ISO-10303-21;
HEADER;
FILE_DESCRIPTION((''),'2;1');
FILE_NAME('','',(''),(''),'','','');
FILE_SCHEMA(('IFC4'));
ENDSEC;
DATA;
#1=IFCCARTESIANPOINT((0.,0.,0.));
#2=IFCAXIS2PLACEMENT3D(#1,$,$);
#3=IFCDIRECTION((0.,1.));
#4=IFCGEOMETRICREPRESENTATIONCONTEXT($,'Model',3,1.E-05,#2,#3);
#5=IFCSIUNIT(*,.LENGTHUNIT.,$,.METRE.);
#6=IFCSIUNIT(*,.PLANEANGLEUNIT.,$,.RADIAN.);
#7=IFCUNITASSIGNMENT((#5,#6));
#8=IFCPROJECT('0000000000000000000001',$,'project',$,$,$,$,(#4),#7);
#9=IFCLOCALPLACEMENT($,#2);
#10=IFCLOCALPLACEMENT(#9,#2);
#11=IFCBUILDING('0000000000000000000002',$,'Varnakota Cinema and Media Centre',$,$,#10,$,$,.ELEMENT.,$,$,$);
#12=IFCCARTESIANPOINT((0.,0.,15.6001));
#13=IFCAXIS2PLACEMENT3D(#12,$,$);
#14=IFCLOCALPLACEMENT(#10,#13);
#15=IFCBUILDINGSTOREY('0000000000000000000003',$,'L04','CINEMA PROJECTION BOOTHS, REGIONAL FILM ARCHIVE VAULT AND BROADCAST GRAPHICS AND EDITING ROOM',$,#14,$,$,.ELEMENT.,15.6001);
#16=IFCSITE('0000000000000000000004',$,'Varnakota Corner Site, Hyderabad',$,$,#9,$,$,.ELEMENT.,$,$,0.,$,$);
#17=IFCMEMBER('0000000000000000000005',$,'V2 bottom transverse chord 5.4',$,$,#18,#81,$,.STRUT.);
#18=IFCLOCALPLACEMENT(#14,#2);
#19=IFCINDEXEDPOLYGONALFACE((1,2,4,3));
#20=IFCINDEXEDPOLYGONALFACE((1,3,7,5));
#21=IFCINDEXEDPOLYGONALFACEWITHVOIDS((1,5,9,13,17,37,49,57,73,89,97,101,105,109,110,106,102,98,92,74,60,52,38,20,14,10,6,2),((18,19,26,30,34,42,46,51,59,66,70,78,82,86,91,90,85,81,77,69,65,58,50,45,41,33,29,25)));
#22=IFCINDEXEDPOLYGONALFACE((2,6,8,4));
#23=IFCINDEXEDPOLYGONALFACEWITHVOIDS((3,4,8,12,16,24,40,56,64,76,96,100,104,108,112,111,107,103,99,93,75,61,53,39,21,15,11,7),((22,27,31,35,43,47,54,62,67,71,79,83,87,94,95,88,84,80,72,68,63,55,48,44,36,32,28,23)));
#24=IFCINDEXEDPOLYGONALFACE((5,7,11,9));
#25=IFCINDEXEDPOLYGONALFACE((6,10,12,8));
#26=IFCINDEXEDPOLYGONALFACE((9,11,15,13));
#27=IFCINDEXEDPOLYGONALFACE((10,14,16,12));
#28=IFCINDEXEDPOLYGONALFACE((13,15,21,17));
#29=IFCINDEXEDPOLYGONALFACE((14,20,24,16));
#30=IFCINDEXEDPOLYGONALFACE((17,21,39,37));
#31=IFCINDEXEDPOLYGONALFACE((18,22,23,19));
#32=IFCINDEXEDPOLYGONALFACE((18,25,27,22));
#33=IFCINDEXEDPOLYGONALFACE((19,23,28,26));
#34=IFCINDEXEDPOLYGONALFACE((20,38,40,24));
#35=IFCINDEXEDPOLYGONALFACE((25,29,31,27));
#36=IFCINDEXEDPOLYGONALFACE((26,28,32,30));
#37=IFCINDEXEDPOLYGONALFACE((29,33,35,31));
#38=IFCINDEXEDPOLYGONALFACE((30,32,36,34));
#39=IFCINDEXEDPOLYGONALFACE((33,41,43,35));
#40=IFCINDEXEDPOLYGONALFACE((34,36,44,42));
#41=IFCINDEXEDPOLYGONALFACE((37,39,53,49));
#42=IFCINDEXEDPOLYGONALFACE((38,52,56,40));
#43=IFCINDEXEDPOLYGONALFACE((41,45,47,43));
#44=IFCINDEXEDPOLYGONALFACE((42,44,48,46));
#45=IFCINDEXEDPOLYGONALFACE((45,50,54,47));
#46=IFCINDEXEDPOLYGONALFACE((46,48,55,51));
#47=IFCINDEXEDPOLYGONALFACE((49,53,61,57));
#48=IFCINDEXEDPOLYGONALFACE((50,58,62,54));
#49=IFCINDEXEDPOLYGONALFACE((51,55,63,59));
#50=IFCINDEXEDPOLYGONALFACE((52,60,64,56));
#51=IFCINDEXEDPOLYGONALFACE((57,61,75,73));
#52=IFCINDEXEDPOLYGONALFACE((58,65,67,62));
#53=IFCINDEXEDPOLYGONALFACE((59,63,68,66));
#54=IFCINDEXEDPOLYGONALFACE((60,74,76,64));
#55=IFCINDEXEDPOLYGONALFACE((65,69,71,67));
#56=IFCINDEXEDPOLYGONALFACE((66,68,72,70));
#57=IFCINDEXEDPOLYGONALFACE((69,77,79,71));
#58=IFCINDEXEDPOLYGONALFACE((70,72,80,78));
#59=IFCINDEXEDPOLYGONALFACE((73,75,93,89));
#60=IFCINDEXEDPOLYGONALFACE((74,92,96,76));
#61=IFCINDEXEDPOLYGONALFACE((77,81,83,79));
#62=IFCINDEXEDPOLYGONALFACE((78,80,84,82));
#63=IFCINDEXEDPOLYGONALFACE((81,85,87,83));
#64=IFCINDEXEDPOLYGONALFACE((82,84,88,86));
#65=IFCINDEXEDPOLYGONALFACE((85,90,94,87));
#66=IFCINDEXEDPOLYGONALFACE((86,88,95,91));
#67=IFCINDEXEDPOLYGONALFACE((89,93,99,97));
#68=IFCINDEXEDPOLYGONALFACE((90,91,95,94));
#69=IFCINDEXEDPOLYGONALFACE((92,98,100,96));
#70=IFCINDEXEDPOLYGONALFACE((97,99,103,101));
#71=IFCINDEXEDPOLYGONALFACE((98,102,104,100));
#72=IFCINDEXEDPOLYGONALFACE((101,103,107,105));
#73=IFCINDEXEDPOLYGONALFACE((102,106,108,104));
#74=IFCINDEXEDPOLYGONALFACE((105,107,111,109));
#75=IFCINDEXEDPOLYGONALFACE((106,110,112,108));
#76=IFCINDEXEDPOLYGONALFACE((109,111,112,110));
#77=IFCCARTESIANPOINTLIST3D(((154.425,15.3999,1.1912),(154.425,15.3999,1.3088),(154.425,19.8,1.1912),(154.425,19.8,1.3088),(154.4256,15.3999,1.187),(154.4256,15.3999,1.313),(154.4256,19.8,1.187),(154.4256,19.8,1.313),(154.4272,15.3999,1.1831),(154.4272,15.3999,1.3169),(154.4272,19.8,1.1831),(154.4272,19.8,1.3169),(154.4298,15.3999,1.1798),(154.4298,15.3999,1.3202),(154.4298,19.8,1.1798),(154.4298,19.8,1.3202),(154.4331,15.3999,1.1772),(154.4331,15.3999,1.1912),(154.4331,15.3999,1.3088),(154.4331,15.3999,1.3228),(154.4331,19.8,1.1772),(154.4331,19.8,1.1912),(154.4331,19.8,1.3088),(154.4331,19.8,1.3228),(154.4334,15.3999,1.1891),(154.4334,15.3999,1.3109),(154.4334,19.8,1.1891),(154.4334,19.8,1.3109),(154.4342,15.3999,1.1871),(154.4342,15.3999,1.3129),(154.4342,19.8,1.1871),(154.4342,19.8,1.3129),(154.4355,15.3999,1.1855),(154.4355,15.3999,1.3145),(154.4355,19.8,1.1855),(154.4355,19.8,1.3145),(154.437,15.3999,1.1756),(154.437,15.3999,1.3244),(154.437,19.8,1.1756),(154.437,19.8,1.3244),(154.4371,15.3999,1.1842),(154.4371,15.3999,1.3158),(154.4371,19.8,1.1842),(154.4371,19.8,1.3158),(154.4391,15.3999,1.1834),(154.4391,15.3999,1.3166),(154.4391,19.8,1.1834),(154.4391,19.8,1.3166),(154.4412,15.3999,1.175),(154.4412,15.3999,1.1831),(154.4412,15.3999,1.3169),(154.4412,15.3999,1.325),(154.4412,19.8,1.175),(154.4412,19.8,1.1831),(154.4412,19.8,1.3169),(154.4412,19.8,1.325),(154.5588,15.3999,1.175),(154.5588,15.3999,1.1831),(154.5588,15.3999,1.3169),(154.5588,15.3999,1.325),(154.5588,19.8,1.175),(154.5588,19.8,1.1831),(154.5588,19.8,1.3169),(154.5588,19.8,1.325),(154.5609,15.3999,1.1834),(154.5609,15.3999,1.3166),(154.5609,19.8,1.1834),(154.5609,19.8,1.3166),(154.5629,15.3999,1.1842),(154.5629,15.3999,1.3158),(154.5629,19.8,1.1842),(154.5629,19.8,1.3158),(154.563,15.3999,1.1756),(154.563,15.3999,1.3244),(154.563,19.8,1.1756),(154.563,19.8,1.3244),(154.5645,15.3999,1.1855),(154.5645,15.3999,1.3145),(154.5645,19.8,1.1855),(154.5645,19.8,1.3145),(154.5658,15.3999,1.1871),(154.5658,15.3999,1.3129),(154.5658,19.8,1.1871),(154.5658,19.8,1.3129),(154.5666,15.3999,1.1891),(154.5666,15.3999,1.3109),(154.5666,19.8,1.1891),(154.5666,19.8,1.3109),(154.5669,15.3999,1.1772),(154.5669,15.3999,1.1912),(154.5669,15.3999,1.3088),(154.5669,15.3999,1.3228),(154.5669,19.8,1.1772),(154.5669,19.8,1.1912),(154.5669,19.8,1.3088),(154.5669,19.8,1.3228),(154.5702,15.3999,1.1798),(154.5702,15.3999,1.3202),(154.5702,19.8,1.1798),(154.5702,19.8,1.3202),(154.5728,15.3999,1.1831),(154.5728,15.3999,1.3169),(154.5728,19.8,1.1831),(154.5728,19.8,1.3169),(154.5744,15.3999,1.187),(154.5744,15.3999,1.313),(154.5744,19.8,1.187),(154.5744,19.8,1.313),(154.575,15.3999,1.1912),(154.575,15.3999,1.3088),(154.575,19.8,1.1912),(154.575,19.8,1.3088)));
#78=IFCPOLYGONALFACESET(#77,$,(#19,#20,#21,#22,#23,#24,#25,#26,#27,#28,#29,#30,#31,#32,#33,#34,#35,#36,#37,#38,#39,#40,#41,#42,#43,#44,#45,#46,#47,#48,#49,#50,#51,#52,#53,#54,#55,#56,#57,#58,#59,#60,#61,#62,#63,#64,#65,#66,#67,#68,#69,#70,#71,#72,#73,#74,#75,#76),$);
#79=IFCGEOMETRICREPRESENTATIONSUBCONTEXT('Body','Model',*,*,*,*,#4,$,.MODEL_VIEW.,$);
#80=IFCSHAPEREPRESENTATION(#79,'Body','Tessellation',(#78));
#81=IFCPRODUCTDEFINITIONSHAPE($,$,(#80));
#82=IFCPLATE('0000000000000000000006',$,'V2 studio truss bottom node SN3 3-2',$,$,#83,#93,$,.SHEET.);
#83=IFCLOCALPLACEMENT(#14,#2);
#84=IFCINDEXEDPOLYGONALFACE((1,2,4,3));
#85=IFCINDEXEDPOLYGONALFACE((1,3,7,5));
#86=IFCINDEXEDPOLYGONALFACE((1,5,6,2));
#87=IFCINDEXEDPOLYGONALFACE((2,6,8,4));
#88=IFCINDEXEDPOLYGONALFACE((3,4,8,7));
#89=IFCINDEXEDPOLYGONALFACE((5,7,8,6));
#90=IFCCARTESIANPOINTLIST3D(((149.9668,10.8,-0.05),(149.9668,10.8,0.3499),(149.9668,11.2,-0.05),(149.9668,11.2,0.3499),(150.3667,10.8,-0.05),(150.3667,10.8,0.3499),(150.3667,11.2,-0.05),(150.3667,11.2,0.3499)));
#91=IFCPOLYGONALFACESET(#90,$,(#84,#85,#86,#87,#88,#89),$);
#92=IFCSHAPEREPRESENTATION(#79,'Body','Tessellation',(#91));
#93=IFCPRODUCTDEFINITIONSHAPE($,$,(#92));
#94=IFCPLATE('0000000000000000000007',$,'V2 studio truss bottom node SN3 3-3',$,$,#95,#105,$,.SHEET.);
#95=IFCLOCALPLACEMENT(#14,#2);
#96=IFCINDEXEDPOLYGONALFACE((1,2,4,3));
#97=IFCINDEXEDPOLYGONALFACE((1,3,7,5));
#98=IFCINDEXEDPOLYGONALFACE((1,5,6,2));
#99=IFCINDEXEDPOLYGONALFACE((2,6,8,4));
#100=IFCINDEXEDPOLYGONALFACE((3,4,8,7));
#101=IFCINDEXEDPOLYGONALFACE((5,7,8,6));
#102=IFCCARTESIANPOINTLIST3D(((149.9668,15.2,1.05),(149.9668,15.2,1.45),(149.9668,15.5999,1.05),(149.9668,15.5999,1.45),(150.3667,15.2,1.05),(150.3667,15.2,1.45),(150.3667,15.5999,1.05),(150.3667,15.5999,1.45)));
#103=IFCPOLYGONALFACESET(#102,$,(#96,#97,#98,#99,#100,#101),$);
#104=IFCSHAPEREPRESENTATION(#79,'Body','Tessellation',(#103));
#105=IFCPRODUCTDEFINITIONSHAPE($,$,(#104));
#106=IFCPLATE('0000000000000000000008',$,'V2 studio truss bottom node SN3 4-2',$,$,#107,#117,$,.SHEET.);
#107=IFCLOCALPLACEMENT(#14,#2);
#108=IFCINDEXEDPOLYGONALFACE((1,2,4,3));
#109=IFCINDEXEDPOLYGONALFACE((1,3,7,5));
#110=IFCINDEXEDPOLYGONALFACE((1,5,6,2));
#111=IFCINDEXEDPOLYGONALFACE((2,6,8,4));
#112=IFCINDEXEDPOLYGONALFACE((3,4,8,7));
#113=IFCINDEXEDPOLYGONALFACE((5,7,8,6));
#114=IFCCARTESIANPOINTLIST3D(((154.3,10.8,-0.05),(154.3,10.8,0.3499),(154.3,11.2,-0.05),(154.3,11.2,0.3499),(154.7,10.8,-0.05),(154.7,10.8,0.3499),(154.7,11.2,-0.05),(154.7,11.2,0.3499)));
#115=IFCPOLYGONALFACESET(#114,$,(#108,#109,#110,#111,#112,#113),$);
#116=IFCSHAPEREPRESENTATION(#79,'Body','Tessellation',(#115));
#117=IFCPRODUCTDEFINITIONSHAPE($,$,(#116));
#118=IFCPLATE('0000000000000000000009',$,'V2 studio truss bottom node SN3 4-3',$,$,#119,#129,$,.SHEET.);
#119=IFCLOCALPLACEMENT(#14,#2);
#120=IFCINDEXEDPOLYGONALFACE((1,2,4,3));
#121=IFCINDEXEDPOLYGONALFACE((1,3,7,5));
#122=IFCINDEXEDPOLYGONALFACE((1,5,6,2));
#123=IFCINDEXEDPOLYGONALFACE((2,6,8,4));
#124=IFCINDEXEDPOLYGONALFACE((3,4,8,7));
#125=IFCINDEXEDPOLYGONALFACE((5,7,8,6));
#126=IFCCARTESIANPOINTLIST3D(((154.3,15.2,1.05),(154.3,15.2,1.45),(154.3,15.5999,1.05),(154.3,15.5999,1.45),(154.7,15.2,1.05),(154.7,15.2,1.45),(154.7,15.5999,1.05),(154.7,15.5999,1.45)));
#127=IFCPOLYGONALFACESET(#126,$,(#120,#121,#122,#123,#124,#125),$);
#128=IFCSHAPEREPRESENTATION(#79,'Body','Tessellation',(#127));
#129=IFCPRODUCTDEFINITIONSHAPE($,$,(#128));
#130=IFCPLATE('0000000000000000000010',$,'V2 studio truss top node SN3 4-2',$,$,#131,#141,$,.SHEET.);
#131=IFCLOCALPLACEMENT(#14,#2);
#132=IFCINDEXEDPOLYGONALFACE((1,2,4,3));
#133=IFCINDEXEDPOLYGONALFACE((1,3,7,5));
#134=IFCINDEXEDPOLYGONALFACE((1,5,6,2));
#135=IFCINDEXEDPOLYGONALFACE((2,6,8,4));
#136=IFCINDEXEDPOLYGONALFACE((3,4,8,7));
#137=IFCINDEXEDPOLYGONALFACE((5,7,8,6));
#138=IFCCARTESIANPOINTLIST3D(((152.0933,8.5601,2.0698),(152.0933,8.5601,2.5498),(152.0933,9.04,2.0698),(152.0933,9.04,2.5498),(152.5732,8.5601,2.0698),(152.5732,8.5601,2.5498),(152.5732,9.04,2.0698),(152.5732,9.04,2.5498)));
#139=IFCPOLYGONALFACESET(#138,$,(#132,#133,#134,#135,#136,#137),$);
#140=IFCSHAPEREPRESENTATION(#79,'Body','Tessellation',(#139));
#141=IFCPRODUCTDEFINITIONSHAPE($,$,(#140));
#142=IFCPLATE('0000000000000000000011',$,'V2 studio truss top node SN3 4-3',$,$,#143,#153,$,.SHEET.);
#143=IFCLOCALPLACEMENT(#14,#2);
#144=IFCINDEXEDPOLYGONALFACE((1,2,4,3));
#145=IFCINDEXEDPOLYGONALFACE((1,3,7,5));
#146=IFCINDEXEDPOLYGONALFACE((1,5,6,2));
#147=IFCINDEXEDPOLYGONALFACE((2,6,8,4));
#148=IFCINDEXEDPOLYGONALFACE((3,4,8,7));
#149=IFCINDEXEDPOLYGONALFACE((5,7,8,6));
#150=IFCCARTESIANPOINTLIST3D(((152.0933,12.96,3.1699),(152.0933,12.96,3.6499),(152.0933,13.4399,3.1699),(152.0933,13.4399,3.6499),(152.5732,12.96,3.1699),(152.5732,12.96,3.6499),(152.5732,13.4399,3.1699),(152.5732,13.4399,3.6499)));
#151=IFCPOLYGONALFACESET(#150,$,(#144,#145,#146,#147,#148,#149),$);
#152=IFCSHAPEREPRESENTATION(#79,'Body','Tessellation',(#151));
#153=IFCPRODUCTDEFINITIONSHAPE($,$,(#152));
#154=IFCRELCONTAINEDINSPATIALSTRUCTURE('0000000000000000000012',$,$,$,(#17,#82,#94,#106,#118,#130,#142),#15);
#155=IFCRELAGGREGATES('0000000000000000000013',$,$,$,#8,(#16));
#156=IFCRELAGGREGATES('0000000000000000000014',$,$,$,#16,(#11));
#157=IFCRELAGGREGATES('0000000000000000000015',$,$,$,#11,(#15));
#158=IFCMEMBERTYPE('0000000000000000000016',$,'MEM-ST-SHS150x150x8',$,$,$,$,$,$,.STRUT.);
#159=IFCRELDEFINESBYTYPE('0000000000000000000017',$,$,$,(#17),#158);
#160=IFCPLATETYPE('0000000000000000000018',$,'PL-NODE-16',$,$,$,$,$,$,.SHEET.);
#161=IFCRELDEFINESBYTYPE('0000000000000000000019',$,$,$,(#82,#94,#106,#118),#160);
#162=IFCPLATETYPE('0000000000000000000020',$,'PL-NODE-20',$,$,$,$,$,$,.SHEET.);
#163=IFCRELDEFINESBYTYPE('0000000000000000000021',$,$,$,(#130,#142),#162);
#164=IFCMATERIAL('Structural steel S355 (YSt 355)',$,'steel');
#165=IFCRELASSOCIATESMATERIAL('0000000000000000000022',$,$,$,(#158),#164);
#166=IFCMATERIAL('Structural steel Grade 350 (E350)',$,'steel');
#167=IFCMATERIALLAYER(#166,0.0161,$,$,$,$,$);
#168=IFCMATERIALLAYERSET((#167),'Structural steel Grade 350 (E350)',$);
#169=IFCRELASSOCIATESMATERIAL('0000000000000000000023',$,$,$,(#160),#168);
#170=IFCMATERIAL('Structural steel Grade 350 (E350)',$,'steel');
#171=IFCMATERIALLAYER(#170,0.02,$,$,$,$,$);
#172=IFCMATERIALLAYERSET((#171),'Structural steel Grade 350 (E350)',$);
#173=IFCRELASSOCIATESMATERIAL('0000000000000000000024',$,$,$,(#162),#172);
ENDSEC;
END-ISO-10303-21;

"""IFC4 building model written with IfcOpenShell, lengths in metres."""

from ifc_helpers import new_model, si_unit, direction, frame, origin, origin_2d, place, context, subcontext, project, spatial, rectangle, hollow_rectangle, extrude, material, layer, layer_set, material_profile, profile_set, type_object, element, save


model = new_model("IFC4")

# Units and contexts
model_context = context("Model", 3, precision=1e-05, world=origin(), true_north=direction((0.0, 1.0)))
body_context = subcontext(model_context, "Body", "Model", "MODEL_VIEW")
ifc_project = project(units=[si_unit("LENGTHUNIT", "METRE"), si_unit("PLANEANGLEUNIT", "RADIAN")], contexts=[model_context])

# Site, building, storey
site_placement = place(None, origin())
site = spatial("IfcSite", under=ifc_project, at=site_placement, Name="Varnakota Corner Site, Hyderabad", CompositionType="ELEMENT", RefElevation=0.0)
building_placement = place(site_placement, origin())
building = spatial("IfcBuilding", under=site, at=building_placement, Name="Varnakota Cinema and Media Centre", CompositionType="ELEMENT")
storey_placement = place(building_placement, frame((0.0, 0.0, 15.6001)))
storey = spatial("IfcBuildingStorey", under=building, at=storey_placement, Name="L04", Description="CINEMA PROJECTION BOOTHS, REGIONAL FILM ARCHIVE VAULT AND BROADCAST GRAPHICS AND EDITING ROOM", CompositionType="ELEMENT", Elevation=15.6001)

# Member
ifc_material_1 = material(Name="Structural steel S355 (YSt 355)", Category="steel")
ifc_material_profile_1 = material_profile(ifc_material_1, hollow_rectangle(XDim=0.1499, YDim=0.1499, WallThickness=0.0081, InnerFilletRadius=0.0081, OuterFilletRadius=0.0161, at=origin_2d()), Name="SHS 150x150x8")
ifc_profile_set_1 = profile_set([ifc_material_profile_1], Name="Structural steel S355 (YSt 355)")
member_type_1 = type_object("IfcMemberType", Name="MEM-ST-SHS150x150x8", PredefinedType="STRUT", material=ifc_profile_set_1)
member_1_placement = place(storey_placement, frame((154.5, 15.3999, 1.25), z_axis=(0.0, 1.0, 0.0), x_axis=(-1.0, 0.0, 0.0)))
element("IfcMember", 1, at=member_1_placement, inside=storey, type_object=member_type_1, Name="V2 bottom transverse chord 5.4", PredefinedType="STRUT", context=body_context, shape_type="SweptSolid", body=[
    extrude(hollow_rectangle(XDim=0.1499, YDim=0.1499, WallThickness=0.0081, InnerFilletRadius=0.0081, OuterFilletRadius=0.0161, at=origin_2d()), origin(), (0.0, 0.0, 1.0), 4.4001),
])

# Plates
ifc_material_2 = material(Name="Structural steel Grade 350 (E350)", Category="steel")
ifc_layer_1 = layer(ifc_material_2, 0.0161)
ifc_layer_set_1 = layer_set([ifc_layer_1], Name="Structural steel Grade 350 (E350)")
plate_type_1 = type_object("IfcPlateType", Name="PL-NODE-16", PredefinedType="SHEET", material=ifc_layer_set_1)
for number, where, z_axis, x_axis, name in (
    (2, (150.1667, 11.0, -0.05), (0.0, 0.0, 1.0), (1.0, 0.0, 0.0), "V2 studio truss bottom node SN3 3-2"),
    (3, (150.1667, 15.3999, 1.05), (0.0, 0.0, 1.0), (1.0, 0.0, 0.0), "V2 studio truss bottom node SN3 3-3"),
    (4, (154.5, 11.0, -0.05), (0.0, 0.0, 1.0), (1.0, 0.0, 0.0), "V2 studio truss bottom node SN3 4-2"),
    (5, (154.5, 15.3999, 1.05), (0.0, 0.0, 1.0), (1.0, 0.0, 0.0), "V2 studio truss bottom node SN3 4-3"),
):
    element("IfcPlate", number, at=place(storey_placement, frame(where, z_axis=z_axis, x_axis=x_axis)), inside=storey, type_object=plate_type_1, Name=name, PredefinedType="SHEET", context=body_context, shape_type="SweptSolid", body=[
        extrude(rectangle(XDim=0.3999, YDim=0.3999, at=origin_2d()), origin(), (0.0, 0.0, 1.0), 0.3999),
    ])
ifc_material_3 = material(Name="Structural steel Grade 350 (E350)", Category="steel")
ifc_layer_2 = layer(ifc_material_3, 0.02)
ifc_layer_set_2 = layer_set([ifc_layer_2], Name="Structural steel Grade 350 (E350)")
plate_type_2 = type_object("IfcPlateType", Name="PL-NODE-20", PredefinedType="SHEET", material=ifc_layer_set_2)
for number, where, z_axis, x_axis, name in (
    (6, (152.3333, 8.8, 2.0698), (0.0, 0.0, 1.0), (1.0, 0.0, 0.0), "V2 studio truss top node SN3 4-2"),
    (7, (152.3333, 13.2, 3.1699), (0.0, 0.0, 1.0), (1.0, 0.0, 0.0), "V2 studio truss top node SN3 4-3"),
):
    element("IfcPlate", number, at=place(storey_placement, frame(where, z_axis=z_axis, x_axis=x_axis)), inside=storey, type_object=plate_type_2, Name=name, PredefinedType="SHEET", context=body_context, shape_type="SweptSolid", body=[
        extrude(rectangle(XDim=0.48, YDim=0.48, at=origin_2d()), origin(), (0.0, 0.0, 1.0), 0.48),
    ])

save(model, "model.ifc")
